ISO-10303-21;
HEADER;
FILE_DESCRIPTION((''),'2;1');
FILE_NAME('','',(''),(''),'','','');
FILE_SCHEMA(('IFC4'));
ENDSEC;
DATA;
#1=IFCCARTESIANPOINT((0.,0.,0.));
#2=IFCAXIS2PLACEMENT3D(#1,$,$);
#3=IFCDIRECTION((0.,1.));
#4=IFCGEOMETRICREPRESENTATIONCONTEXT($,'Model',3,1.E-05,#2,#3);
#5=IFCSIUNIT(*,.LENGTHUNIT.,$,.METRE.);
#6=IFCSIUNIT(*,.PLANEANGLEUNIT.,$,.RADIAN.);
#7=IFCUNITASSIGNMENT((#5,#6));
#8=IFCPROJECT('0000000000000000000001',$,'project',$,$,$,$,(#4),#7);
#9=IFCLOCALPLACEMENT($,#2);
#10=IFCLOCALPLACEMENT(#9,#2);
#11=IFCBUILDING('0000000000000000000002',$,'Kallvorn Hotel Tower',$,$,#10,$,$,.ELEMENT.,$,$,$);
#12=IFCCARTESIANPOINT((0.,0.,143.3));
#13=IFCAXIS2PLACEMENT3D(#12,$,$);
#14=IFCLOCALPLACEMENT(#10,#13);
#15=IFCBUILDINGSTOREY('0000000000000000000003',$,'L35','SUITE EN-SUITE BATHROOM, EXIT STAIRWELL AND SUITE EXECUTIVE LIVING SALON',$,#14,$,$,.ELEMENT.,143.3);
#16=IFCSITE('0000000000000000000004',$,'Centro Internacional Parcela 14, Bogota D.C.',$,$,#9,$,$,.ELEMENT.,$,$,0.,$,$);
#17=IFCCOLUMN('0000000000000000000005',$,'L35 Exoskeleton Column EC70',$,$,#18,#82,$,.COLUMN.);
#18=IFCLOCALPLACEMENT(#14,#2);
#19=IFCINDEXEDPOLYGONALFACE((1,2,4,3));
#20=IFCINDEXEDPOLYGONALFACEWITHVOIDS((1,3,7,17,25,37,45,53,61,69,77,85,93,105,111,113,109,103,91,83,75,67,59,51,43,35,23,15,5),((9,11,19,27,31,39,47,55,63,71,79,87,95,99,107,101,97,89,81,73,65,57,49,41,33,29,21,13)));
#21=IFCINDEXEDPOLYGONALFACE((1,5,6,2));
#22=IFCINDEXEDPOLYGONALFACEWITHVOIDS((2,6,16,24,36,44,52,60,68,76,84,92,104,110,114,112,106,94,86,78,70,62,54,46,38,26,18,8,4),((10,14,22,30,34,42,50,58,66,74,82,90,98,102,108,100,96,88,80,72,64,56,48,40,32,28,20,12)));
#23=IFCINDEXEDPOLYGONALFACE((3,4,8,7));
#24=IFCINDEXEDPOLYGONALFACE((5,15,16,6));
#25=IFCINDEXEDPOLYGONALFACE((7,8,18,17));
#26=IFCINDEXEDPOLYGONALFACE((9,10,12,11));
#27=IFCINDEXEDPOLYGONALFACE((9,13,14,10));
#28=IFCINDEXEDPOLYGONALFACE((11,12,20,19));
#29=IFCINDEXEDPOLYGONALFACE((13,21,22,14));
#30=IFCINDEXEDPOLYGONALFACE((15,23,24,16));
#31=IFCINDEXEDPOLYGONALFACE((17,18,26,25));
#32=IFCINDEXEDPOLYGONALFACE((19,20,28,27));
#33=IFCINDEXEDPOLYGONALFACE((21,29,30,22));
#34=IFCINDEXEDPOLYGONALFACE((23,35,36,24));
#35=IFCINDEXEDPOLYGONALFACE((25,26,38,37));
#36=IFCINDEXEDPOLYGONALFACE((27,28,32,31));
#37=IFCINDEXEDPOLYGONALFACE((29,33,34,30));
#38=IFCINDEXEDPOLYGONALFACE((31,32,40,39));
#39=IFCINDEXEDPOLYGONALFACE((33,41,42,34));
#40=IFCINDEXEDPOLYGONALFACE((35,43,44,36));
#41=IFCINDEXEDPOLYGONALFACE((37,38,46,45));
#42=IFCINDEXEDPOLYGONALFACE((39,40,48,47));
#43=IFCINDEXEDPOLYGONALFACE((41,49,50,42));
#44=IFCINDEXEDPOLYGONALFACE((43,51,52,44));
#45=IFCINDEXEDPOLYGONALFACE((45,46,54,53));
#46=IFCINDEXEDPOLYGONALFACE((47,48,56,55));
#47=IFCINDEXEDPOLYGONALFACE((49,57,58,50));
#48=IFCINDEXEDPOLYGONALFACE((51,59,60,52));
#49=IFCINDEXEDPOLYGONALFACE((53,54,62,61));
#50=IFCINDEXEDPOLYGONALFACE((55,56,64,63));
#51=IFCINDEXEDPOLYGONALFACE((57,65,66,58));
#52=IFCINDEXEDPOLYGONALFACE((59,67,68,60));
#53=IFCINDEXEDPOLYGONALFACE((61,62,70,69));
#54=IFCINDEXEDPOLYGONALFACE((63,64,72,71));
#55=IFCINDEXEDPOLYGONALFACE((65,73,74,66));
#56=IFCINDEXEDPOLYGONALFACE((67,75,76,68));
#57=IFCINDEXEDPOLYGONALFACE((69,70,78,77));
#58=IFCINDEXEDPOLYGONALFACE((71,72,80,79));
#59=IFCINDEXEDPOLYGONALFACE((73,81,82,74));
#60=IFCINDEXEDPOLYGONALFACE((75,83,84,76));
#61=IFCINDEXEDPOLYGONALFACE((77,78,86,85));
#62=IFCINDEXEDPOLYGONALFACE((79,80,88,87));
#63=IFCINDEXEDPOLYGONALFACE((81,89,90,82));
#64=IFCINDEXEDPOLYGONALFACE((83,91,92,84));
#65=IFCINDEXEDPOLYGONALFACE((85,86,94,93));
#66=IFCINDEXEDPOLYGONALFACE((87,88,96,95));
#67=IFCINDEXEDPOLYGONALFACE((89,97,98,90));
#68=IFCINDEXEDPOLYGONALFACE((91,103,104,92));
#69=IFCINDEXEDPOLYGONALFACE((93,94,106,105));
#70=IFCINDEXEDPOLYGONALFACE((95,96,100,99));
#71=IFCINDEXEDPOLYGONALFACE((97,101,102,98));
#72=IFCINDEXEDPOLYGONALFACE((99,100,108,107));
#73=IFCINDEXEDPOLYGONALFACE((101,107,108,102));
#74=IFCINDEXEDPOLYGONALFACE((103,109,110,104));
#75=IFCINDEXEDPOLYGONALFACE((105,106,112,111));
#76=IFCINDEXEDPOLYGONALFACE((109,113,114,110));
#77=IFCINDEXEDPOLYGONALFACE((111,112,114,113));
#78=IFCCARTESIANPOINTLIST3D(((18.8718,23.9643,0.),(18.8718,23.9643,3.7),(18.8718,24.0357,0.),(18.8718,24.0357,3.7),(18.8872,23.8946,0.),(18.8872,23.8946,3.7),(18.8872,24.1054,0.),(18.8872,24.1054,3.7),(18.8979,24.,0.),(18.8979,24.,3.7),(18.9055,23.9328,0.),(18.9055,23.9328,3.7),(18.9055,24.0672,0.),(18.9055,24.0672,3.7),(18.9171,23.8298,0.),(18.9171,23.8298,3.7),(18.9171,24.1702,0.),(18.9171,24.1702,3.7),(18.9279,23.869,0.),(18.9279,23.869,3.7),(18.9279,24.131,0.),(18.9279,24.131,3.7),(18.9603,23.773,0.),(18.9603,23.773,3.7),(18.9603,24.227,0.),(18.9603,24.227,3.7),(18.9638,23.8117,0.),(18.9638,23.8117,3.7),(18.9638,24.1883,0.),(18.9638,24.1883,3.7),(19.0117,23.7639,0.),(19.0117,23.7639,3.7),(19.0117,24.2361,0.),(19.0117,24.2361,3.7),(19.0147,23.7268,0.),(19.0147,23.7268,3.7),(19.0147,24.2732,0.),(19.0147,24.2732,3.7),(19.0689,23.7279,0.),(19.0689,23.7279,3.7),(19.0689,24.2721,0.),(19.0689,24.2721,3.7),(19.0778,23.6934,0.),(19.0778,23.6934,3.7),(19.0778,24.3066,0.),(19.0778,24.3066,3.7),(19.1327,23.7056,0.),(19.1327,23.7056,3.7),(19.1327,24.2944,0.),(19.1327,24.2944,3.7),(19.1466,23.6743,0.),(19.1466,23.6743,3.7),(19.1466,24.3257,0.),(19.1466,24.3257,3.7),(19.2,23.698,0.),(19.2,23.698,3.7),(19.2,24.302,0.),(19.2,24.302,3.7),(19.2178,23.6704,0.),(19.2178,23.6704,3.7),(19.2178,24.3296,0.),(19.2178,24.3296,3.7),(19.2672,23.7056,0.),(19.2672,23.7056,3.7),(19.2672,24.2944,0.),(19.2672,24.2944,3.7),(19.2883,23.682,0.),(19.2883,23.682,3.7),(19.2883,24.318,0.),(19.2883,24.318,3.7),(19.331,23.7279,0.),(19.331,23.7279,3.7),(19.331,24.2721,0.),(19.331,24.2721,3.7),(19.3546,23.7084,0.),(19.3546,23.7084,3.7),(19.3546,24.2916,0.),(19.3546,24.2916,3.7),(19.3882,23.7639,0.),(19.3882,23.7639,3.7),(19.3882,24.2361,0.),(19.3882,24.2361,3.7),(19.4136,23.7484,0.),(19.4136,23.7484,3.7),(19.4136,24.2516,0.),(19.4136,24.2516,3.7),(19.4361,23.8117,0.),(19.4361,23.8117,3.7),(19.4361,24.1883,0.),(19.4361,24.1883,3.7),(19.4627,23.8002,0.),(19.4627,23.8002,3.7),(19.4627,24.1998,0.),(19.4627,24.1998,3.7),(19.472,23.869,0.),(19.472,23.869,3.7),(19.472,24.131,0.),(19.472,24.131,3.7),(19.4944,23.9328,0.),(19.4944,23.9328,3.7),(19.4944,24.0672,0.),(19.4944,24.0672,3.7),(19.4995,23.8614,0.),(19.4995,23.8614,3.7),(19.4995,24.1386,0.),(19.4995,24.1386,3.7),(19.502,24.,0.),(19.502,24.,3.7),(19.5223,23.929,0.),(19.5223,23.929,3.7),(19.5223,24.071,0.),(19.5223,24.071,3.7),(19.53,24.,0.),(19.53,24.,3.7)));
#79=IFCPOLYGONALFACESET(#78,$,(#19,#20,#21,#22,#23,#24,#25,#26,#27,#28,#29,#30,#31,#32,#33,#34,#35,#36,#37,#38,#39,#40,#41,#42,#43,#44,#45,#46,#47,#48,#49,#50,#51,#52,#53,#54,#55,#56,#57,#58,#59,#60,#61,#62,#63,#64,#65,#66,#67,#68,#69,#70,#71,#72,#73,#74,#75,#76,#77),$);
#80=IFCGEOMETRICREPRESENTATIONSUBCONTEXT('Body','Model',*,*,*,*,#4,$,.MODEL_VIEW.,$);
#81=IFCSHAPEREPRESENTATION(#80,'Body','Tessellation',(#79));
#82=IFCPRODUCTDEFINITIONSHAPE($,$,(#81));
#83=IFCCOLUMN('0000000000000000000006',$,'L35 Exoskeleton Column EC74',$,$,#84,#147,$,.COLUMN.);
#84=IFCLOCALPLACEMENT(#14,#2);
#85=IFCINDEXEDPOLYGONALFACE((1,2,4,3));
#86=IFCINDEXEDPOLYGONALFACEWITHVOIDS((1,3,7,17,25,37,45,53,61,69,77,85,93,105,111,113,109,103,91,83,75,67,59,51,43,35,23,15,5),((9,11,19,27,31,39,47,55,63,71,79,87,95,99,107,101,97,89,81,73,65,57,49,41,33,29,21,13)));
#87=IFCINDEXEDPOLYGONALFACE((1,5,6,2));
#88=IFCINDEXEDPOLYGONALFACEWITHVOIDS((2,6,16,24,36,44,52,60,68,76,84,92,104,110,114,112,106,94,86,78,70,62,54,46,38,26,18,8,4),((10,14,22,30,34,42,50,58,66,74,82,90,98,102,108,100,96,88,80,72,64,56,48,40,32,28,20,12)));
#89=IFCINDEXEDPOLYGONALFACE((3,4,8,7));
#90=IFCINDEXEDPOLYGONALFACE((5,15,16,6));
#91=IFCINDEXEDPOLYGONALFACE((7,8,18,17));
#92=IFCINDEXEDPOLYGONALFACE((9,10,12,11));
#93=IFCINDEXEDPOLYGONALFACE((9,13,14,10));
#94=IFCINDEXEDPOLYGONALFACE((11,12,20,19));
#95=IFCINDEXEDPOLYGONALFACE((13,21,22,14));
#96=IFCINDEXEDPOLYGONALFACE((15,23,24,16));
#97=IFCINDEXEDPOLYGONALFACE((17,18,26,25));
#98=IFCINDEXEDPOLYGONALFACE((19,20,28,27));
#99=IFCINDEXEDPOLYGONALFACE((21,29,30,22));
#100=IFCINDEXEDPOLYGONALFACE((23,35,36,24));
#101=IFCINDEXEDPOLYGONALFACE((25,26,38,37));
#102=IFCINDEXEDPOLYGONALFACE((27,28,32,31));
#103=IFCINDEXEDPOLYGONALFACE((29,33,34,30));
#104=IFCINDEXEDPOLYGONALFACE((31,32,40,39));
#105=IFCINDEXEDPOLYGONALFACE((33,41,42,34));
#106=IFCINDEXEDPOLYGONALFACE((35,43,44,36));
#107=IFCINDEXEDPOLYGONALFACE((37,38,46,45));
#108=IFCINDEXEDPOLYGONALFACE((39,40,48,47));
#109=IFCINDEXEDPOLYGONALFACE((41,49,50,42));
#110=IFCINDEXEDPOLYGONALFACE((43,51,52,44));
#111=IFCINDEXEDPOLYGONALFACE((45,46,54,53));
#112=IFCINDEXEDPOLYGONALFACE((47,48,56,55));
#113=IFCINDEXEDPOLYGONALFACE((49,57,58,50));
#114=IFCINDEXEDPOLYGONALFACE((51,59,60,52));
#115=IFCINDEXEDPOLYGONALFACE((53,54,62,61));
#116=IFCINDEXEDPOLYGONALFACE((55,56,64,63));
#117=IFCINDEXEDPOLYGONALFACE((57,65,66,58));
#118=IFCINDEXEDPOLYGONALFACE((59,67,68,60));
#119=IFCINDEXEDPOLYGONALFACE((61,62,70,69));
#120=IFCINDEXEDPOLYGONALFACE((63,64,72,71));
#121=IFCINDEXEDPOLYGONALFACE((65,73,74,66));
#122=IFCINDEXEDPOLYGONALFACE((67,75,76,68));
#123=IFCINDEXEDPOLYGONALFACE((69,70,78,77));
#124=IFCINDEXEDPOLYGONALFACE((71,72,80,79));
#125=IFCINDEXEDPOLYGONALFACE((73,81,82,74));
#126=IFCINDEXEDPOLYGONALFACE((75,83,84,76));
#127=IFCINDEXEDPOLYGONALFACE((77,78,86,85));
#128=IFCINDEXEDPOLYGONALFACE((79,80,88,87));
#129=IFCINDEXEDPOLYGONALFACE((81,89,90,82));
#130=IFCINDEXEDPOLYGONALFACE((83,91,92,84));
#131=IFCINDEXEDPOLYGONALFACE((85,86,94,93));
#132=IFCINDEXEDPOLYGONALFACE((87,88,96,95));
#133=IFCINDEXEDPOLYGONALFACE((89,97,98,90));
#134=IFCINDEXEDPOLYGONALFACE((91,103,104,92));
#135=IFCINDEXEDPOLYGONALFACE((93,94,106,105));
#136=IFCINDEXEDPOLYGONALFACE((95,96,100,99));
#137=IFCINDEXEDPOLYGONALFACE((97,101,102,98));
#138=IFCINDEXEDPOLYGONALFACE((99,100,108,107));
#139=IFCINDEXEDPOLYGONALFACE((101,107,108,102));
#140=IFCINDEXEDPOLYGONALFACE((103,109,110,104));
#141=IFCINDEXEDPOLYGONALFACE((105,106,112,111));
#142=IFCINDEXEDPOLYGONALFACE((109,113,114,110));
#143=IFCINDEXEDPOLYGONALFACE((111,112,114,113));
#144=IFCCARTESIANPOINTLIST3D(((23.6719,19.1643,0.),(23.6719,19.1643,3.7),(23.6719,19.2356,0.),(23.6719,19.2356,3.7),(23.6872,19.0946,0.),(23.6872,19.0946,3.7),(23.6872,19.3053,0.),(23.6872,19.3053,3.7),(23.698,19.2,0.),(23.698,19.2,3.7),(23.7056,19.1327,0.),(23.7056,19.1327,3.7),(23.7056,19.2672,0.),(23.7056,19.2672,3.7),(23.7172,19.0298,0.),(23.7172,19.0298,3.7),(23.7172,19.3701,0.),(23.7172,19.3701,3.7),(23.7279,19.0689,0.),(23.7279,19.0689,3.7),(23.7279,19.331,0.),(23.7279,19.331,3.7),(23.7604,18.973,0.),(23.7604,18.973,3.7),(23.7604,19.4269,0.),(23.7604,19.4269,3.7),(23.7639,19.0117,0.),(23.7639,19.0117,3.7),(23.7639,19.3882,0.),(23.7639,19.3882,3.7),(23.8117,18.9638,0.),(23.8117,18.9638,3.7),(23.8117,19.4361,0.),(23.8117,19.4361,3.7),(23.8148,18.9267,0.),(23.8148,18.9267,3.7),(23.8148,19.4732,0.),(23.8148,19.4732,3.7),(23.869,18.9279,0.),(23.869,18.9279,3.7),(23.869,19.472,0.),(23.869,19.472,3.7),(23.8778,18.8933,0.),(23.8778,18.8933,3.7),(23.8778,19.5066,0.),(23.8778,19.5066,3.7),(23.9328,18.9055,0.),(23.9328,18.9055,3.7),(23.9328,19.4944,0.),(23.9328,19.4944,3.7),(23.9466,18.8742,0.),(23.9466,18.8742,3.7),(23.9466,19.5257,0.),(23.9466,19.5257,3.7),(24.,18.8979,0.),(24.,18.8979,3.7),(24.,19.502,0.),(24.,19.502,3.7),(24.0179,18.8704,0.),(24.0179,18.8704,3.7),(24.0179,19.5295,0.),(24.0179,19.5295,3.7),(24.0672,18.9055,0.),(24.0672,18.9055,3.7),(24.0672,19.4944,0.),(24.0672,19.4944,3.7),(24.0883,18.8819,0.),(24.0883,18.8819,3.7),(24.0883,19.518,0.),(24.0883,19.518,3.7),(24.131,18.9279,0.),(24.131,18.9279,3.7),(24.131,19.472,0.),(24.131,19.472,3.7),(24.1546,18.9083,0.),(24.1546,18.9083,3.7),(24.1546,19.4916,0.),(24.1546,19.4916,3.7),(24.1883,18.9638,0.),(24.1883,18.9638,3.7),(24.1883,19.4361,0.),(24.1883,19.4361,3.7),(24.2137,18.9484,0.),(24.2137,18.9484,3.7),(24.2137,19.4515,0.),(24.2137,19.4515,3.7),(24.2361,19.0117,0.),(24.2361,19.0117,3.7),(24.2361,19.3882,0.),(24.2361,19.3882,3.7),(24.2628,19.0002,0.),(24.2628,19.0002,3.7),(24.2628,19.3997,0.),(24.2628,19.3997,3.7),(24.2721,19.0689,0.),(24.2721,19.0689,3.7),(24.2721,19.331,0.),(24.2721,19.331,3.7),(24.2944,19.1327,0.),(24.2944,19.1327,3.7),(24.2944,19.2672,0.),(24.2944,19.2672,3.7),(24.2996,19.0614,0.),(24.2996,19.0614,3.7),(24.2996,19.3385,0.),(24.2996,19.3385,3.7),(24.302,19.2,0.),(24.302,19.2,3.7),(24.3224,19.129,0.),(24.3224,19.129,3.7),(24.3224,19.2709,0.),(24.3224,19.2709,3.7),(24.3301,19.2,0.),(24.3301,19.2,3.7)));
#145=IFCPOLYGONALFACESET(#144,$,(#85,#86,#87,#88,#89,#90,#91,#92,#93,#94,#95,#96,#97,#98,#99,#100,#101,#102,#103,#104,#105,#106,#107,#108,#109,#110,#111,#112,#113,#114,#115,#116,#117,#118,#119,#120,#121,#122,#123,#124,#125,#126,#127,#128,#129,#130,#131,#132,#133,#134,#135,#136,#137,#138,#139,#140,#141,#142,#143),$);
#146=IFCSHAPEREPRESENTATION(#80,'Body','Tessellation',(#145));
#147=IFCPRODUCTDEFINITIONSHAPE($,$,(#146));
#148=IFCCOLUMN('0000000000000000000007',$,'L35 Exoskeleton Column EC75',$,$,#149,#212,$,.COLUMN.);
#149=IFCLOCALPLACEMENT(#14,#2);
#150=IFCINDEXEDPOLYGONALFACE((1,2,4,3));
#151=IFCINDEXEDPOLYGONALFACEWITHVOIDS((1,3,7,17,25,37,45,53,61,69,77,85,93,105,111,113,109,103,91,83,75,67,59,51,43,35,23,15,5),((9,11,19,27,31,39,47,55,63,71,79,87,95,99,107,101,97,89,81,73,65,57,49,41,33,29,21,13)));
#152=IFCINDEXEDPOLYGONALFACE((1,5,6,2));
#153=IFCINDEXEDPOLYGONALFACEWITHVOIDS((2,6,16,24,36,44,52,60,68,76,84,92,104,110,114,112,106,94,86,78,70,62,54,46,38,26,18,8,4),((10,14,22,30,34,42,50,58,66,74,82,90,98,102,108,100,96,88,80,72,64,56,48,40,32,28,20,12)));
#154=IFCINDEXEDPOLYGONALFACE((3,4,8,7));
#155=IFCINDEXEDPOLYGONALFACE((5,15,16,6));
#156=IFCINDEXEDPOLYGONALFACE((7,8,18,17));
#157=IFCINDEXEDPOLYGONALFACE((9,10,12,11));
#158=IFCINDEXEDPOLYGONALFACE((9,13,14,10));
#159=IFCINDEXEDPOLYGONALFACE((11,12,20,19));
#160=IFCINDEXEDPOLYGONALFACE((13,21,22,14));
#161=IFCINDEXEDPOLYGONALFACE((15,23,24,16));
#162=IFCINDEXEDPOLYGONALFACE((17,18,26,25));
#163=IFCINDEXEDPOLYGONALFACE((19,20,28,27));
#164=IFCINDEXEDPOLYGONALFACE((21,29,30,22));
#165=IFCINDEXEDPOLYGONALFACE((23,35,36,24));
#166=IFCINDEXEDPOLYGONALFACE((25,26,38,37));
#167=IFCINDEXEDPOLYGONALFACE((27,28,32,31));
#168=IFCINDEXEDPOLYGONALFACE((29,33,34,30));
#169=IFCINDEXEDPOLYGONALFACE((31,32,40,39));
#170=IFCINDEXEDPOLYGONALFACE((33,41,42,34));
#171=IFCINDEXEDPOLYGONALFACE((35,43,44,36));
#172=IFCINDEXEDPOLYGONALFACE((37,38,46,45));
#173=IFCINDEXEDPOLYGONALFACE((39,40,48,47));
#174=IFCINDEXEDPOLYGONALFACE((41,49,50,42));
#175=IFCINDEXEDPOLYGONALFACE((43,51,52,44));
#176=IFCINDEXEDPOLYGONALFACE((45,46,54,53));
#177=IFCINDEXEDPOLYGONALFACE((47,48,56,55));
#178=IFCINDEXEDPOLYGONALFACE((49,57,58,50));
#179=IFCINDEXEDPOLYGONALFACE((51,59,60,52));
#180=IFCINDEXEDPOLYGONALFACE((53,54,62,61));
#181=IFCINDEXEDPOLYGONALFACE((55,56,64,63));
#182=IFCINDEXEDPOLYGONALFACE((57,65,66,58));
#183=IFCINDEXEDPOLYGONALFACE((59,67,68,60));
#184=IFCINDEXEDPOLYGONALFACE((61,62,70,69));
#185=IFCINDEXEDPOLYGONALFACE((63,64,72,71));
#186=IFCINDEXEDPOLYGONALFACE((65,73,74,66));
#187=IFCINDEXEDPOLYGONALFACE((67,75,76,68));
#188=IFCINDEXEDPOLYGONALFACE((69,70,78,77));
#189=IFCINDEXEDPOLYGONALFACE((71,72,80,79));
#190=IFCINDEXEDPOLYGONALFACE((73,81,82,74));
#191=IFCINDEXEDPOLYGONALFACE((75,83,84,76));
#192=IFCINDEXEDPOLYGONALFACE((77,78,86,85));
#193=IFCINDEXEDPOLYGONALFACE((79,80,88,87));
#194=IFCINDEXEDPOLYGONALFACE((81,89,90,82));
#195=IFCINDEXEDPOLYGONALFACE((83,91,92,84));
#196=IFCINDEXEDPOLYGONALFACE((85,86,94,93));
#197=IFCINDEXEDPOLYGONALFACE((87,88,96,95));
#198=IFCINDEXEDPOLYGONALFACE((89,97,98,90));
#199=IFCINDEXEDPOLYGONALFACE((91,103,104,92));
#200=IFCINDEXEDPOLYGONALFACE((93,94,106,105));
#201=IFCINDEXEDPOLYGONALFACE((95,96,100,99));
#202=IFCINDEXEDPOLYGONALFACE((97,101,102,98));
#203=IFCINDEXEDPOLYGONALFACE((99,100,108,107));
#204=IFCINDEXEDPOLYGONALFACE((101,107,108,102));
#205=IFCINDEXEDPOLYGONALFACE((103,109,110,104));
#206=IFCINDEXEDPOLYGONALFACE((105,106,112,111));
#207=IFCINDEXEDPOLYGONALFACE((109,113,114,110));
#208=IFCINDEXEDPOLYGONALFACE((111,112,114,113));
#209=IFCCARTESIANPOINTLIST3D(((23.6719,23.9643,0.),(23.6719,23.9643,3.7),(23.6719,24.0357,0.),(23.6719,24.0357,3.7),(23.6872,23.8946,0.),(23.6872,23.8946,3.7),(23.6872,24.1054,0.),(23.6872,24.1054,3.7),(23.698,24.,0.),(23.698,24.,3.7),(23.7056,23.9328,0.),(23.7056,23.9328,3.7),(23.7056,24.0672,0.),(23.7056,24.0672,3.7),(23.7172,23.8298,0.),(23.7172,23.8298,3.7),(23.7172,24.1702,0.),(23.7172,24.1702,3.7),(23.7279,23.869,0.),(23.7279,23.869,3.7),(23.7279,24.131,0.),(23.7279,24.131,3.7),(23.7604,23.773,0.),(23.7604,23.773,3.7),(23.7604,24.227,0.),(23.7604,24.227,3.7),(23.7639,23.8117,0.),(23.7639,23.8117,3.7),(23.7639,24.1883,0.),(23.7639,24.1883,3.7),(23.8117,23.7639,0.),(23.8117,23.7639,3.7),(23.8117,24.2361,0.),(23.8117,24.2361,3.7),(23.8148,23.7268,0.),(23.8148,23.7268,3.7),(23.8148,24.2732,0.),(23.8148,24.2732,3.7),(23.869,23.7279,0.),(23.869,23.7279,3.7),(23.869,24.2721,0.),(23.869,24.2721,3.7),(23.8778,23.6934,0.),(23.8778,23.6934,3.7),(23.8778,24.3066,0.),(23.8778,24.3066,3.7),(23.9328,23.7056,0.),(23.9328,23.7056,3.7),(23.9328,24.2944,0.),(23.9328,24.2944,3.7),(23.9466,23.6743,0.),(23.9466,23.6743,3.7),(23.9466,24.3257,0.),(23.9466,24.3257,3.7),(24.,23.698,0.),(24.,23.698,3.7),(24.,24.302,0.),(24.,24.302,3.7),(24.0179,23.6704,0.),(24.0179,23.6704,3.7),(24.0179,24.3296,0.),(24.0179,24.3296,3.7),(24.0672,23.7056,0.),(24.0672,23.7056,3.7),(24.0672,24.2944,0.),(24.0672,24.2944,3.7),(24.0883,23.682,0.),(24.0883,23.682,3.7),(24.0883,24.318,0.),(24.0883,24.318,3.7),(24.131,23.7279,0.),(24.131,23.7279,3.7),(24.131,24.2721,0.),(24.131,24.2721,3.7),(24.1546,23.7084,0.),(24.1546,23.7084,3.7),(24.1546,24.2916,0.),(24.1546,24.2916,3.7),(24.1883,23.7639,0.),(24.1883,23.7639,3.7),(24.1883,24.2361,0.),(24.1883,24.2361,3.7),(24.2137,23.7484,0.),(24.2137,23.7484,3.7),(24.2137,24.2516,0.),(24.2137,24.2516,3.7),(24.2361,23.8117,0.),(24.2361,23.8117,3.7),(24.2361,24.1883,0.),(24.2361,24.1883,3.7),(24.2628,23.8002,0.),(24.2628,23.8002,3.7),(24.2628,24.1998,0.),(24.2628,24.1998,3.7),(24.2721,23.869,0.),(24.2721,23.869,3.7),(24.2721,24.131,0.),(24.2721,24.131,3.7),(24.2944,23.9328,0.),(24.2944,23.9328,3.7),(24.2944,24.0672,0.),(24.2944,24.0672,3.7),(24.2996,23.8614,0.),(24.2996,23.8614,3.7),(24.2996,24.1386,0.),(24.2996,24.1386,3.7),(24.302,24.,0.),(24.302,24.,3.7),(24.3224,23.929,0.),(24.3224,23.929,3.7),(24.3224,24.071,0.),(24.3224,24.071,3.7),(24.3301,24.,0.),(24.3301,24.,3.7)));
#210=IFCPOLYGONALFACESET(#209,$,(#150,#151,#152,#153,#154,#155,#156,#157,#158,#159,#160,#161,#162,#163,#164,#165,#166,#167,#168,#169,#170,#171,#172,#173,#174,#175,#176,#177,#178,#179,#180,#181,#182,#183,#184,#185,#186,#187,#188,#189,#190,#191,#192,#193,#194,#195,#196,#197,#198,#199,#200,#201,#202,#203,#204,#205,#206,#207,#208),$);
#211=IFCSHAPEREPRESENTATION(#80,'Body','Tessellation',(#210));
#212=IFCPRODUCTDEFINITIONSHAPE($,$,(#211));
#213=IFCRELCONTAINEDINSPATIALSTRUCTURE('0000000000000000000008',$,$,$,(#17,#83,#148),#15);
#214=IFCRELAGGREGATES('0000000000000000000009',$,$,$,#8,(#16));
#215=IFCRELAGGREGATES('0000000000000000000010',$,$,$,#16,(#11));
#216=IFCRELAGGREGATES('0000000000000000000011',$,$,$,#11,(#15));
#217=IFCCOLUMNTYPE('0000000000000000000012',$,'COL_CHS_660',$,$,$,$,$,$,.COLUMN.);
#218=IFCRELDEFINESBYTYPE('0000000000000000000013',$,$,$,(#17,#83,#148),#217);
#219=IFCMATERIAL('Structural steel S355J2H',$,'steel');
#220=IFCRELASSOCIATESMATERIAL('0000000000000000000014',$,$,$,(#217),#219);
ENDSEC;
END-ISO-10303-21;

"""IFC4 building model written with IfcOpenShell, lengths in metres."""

from ifc_helpers import new_model, si_unit, direction, frame, origin, origin_2d, place, context, subcontext, project, spatial, hollow_circle, extrude, material, material_profile, profile_set, type_object, element, save


model = new_model("IFC4")

# Units and contexts
model_context = context("Model", 3, precision=1e-05, world=origin(), true_north=direction((0.0, 1.0)))
body_context = subcontext(model_context, "Body", "Model", "MODEL_VIEW")
ifc_project = project(units=[si_unit("LENGTHUNIT", "METRE"), si_unit("PLANEANGLEUNIT", "RADIAN")], contexts=[model_context])

# Site, building, storey
site_placement = place(None, origin())
site = spatial("IfcSite", under=ifc_project, at=site_placement, Name="Centro Internacional Parcela 14, Bogota D.C.", CompositionType="ELEMENT", RefElevation=0.0)
building_placement = place(site_placement, origin())
building = spatial("IfcBuilding", under=site, at=building_placement, Name="Kallvorn Hotel Tower", CompositionType="ELEMENT")
storey_placement = place(building_placement, frame((0.0, 0.0, 143.3)))
storey = spatial("IfcBuildingStorey", under=building, at=storey_placement, Name="L35", Description="SUITE EN-SUITE BATHROOM, EXIT STAIRWELL AND SUITE EXECUTIVE LIVING SALON", CompositionType="ELEMENT", Elevation=143.3)

# Columns
ifc_material_1 = material(Name="Structural steel S355J2H", Category="steel")
ifc_material_profile_1 = material_profile(ifc_material_1, hollow_circle(Radius=0.3301, WallThickness=0.0281, at=origin_2d()), Name="CHS 660x28")
ifc_profile_set_1 = profile_set([ifc_material_profile_1], Name="Structural steel S355J2H")
column_type = type_object("IfcColumnType", Name="COL_CHS_660", PredefinedType="COLUMN", material=ifc_profile_set_1)
for number, where, z_axis, x_axis, name in (
    (1, (19.2, 24.0, 0.0), (0.0, 0.0, 1.0), (1.0, 0.0, 0.0), "L35 Exoskeleton Column EC70"),
    (2, (24.0, 19.2, 0.0), (0.0, 0.0, 1.0), (1.0, 0.0, 0.0), "L35 Exoskeleton Column EC74"),
    (3, (24.0, 24.0, 0.0), (0.0, 0.0, 1.0), (1.0, 0.0, 0.0), "L35 Exoskeleton Column EC75"),
):
    element("IfcColumn", number, at=place(storey_placement, frame(where, z_axis=z_axis, x_axis=x_axis)), inside=storey, type_object=column_type, Name=name, PredefinedType="COLUMN", context=body_context, shape_type="SweptSolid", body=[
        extrude(hollow_circle(Radius=0.3301, WallThickness=0.0281, at=origin_2d()), origin(), (0.0, 0.0, 1.0), 3.7),
    ])

save(model, "model.ifc")
